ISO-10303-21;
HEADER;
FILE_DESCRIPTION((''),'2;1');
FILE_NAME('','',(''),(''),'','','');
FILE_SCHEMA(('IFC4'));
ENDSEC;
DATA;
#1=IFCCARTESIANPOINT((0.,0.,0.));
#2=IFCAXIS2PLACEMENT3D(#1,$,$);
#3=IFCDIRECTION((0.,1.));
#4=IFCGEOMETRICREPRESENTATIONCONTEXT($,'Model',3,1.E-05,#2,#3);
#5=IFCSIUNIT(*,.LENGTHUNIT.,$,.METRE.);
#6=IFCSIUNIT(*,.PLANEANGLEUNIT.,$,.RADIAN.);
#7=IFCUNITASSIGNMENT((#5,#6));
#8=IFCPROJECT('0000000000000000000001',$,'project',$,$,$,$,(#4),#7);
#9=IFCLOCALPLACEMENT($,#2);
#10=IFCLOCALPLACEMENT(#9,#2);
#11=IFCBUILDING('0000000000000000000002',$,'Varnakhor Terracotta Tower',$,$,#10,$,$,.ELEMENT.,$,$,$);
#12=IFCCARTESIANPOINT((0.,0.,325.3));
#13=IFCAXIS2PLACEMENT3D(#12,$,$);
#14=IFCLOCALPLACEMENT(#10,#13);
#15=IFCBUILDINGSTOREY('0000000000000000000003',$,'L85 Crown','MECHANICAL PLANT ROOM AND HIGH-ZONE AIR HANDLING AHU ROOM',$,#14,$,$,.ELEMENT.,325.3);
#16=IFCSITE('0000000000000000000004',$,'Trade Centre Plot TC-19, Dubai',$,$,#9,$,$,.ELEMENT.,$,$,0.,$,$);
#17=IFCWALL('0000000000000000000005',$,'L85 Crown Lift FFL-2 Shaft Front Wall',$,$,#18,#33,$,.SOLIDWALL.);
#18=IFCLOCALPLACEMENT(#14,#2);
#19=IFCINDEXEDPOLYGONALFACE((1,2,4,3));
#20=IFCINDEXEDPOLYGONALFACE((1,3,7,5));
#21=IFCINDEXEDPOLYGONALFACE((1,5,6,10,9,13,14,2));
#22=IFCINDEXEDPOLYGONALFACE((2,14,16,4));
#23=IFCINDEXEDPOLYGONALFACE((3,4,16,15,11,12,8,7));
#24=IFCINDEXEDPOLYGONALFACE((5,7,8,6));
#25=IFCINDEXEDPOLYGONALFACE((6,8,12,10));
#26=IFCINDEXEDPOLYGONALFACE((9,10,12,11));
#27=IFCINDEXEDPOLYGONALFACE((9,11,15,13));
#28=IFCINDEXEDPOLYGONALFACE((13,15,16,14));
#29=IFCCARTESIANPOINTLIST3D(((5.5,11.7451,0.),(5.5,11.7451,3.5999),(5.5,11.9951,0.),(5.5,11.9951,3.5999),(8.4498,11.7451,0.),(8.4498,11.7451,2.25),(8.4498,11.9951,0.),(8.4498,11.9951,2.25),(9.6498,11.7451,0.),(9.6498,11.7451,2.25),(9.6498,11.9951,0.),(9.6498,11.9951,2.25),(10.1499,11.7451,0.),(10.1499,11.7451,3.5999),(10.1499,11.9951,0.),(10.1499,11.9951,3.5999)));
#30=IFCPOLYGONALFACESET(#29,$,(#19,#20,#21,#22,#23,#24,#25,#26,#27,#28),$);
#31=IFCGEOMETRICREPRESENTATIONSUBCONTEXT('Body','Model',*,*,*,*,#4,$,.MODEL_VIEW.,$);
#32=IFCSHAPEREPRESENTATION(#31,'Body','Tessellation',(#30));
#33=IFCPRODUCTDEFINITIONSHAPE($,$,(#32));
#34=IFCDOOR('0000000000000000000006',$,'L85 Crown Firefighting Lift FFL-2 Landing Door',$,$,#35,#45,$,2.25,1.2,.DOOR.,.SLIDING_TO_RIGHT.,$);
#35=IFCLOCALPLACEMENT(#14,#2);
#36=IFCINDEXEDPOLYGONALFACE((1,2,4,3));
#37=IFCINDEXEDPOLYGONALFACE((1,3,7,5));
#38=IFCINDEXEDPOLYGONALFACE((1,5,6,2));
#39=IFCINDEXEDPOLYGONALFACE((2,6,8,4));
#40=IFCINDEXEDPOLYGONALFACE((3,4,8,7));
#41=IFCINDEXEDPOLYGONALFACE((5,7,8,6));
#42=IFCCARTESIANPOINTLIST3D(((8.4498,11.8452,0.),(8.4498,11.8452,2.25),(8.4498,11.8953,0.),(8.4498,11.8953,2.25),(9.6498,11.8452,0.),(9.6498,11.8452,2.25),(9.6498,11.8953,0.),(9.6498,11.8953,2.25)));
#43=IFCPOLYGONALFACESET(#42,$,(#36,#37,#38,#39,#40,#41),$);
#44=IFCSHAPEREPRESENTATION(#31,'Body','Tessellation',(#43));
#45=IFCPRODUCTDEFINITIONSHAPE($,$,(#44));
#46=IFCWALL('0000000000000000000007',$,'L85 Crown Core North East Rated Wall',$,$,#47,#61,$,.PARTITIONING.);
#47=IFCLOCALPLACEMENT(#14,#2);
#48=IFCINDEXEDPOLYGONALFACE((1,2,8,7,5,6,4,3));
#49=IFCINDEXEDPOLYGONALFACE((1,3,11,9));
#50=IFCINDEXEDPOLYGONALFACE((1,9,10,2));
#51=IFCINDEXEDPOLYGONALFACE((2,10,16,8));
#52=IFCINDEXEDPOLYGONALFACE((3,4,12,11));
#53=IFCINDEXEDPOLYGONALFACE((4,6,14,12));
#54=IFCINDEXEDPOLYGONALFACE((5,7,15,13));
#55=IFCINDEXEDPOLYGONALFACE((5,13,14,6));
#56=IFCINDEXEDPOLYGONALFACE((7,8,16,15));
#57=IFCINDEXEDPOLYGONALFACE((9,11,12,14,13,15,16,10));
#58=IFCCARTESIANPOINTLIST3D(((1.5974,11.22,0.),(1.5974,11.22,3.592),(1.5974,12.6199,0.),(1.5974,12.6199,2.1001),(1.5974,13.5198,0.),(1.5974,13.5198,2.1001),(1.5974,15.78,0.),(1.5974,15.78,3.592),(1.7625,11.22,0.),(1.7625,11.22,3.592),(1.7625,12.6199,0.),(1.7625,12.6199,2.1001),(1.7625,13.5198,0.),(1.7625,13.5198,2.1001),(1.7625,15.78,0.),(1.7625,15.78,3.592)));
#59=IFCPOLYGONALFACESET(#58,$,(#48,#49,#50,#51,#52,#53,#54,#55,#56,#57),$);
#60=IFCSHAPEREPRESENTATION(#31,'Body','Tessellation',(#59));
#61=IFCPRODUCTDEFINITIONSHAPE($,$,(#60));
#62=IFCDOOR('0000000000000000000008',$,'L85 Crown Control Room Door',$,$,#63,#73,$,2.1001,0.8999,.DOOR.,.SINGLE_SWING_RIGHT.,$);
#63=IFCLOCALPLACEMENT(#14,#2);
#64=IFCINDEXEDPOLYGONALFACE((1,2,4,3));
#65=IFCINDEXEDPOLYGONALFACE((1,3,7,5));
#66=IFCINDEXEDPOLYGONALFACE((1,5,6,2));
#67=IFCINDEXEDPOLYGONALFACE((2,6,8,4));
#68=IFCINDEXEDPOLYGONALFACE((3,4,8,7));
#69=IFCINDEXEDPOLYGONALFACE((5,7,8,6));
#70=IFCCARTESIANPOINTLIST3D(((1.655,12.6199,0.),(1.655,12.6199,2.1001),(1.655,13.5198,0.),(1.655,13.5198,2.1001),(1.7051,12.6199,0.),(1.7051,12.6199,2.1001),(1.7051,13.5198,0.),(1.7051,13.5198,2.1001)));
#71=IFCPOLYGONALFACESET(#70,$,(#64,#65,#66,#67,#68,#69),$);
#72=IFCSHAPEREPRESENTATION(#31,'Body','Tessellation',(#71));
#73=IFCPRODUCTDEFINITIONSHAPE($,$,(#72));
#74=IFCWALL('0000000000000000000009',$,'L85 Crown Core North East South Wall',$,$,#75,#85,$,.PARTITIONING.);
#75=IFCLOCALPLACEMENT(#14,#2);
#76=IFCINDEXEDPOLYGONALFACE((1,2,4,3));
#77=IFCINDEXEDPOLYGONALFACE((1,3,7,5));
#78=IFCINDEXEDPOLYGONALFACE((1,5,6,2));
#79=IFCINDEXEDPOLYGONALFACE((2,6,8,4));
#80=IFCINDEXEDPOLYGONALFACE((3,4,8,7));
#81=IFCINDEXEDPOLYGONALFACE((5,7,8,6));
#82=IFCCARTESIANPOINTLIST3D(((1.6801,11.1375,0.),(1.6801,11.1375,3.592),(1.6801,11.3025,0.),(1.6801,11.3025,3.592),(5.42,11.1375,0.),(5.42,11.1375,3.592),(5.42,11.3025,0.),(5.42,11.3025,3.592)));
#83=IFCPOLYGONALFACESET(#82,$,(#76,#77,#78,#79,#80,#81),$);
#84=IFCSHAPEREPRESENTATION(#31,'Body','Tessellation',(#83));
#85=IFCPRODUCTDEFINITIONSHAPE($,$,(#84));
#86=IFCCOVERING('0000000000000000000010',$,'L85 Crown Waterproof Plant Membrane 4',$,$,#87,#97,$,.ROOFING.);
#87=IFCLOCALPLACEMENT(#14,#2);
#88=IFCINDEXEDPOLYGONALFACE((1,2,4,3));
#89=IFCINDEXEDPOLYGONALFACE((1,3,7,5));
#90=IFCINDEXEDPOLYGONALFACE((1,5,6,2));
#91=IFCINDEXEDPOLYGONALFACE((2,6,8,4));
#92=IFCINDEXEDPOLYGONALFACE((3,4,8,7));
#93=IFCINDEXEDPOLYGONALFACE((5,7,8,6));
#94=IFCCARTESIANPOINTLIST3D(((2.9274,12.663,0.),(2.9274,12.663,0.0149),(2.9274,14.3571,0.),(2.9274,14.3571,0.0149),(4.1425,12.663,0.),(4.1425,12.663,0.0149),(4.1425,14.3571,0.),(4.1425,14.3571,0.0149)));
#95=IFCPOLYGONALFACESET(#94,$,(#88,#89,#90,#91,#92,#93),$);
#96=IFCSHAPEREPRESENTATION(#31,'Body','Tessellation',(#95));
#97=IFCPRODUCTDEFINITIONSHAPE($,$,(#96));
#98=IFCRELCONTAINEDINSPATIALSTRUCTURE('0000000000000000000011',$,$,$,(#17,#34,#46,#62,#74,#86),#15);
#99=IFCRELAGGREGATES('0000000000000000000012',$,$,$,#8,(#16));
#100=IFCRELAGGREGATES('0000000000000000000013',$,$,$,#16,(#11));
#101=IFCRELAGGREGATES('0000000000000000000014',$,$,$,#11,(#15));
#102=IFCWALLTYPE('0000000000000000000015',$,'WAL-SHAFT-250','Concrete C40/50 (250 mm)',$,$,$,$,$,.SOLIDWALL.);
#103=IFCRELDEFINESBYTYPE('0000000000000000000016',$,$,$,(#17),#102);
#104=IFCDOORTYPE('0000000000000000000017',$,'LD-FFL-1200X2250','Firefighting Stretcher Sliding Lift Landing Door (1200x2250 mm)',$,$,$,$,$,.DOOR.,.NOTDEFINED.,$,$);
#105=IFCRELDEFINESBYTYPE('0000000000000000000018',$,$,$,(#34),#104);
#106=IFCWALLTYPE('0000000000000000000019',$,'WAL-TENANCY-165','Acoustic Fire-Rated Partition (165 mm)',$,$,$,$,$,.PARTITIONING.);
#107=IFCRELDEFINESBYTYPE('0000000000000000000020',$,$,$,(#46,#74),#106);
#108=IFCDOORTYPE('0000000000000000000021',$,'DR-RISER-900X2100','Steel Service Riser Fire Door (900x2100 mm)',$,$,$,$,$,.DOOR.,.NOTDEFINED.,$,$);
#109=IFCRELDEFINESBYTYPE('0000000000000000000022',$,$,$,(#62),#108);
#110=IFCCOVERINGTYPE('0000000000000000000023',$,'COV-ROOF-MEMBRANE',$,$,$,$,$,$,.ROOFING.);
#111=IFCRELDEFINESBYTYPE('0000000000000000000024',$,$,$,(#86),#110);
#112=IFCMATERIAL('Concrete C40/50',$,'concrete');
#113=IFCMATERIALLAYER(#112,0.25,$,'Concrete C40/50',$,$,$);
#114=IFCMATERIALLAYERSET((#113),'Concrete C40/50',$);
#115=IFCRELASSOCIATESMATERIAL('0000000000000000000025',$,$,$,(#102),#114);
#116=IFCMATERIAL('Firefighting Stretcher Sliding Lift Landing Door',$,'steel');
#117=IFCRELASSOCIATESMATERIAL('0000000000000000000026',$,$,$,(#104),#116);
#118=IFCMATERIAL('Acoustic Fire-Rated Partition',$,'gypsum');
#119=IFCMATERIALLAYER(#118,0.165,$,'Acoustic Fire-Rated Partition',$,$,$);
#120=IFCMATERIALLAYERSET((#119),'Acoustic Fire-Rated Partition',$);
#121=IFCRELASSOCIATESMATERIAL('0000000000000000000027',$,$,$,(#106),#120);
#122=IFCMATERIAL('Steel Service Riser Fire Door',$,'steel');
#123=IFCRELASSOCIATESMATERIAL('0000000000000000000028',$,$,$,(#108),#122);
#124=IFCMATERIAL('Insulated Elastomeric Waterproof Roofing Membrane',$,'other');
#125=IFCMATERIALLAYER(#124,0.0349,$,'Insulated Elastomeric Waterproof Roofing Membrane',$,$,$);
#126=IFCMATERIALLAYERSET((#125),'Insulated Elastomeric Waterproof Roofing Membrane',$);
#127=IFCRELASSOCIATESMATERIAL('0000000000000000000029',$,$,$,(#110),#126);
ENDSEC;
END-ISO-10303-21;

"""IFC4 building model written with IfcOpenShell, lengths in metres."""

from ifc_helpers import new_model, si_unit, direction, frame, frame_2d, origin, origin_2d, place, context, subcontext, project, spatial, rectangle, extrude, source, transform, mapped, material, layer, layer_set, type_object, type_shapes, element, fill, save


model = new_model("IFC4")

# Units and contexts
model_context = context("Model", 3, precision=1e-05, world=origin(), true_north=direction((0.0, 1.0)))
body_context = subcontext(model_context, "Body", "Model", "MODEL_VIEW")
ifc_project = project(units=[si_unit("LENGTHUNIT", "METRE"), si_unit("PLANEANGLEUNIT", "RADIAN")], contexts=[model_context])

# Site, building, storey
site_placement = place(None, origin())
site = spatial("IfcSite", under=ifc_project, at=site_placement, Name="Trade Centre Plot TC-19, Dubai", CompositionType="ELEMENT", RefElevation=0.0)
building_placement = place(site_placement, origin())
building = spatial("IfcBuilding", under=site, at=building_placement, Name="Varnakhor Terracotta Tower", CompositionType="ELEMENT")
storey_placement = place(building_placement, frame((0.0, 0.0, 325.3)))
storey = spatial("IfcBuildingStorey", under=building, at=storey_placement, Name="L85 Crown", Description="MECHANICAL PLANT ROOM AND HIGH-ZONE AIR HANDLING AHU ROOM", CompositionType="ELEMENT", Elevation=325.3)

# Shared definitions
ifc_material_1 = material(Name="Concrete C40/50", Category="concrete")

# Walls, openings, doors
ifc_layer_1 = layer(ifc_material_1, 0.25, Name="Concrete C40/50")
ifc_layer_set_1 = layer_set([ifc_layer_1], Name="Concrete C40/50")
wall_type_1 = type_object("IfcWallType", Name="WAL-SHAFT-250", Description="Concrete C40/50 (250 mm)", PredefinedType="SOLIDWALL", material=ifc_layer_set_1)
wall_1_placement = place(storey_placement, frame((10.1499, 11.8701, 0.0), z_axis=(0.0, 0.0, 1.0), x_axis=(-1.0, 0.0, 0.0)))
wall_1 = element("IfcWall", 1, at=wall_1_placement, inside=storey, type_object=wall_type_1, Name="L85 Crown Lift FFL-2 Shaft Front Wall", PredefinedType="SOLIDWALL", context=body_context, shape_type="SweptSolid", body=[
    extrude(rectangle(XDim=4.6499, YDim=0.25, at=frame_2d((2.325, 0.0))), origin(), (0.0, 0.0, 1.0), 3.5999),
])
opening_1_placement = place(wall_1_placement, frame((0.5, 0.0, 0.0)))
opening_1 = element("IfcOpeningElement", 2, at=opening_1_placement, cuts=wall_1, PredefinedType="OPENING", context=body_context, shape_type="SweptSolid", body=[
    extrude(rectangle(XDim=1.2, YDim=2.25, at=frame_2d((0.6001, 1.125))), frame((0.0, 0.135, 0.0), z_axis=(0.0, -1.0, 0.0), x_axis=(1.0, 0.0, 0.0)), (0.0, 0.0, 1.0), 0.27),
])
ifc_material_2 = material(Name="Firefighting Stretcher Sliding Lift Landing Door", Category="steel")
door_type_1 = type_object("IfcDoorType", Name="LD-FFL-1200X2250", Description="Firefighting Stretcher Sliding Lift Landing Door (1200x2250 mm)", OperationType="NOTDEFINED", PredefinedType="DOOR", material=ifc_material_2)
shared_shape_1 = source(origin(), body_context, "Body", "SweptSolid", [
    extrude(rectangle(XDim=1.2, YDim=2.25, at=frame_2d((0.6001, 1.125))), frame((0.0, 0.0249, 0.0), z_axis=(0.0, -1.0, 0.0), x_axis=(1.0, 0.0, 0.0)), (0.0, 0.0, 1.0), 0.05),
])
type_shapes(door_type_1, [shared_shape_1])
door_1_placement = place(opening_1_placement, origin())
door_1 = element("IfcDoor", 3, at=door_1_placement, inside=storey, type_object=door_type_1, Name="L85 Crown Firefighting Lift FFL-2 Landing Door", OperationType="SLIDING_TO_RIGHT", OverallHeight=2.25, OverallWidth=1.2, PredefinedType="DOOR", context=body_context, shape_type="MappedRepresentation", body=[
    mapped(shared_shape_1, transform((0.0, 0.0, 0.0), scale=1.0)),
])
fill(opening_1, door_1)
ifc_material_3 = material(Name="Acoustic Fire-Rated Partition", Category="gypsum")
ifc_layer_2 = layer(ifc_material_3, 0.165, Name="Acoustic Fire-Rated Partition")
ifc_layer_set_2 = layer_set([ifc_layer_2], Name="Acoustic Fire-Rated Partition")
wall_type_2 = type_object("IfcWallType", Name="WAL-TENANCY-165", Description="Acoustic Fire-Rated Partition (165 mm)", PredefinedType="PARTITIONING", material=ifc_layer_set_2)
wall_2_placement = place(storey_placement, frame((1.6799, 11.22, 0.0), z_axis=(0.0, 0.0, 1.0), x_axis=(0.0, 1.0, 0.0)))
wall_2 = element("IfcWall", 4, at=wall_2_placement, inside=storey, type_object=wall_type_2, Name="L85 Crown Core North East Rated Wall", PredefinedType="PARTITIONING", context=body_context, shape_type="SweptSolid", body=[
    extrude(rectangle(XDim=4.5601, YDim=0.165, at=frame_2d((2.28, 0.0))), origin(), (0.0, 0.0, 1.0), 3.592),
])
opening_2_placement = place(wall_2_placement, frame((1.3999, 0.0, 0.0)))
opening_2 = element("IfcOpeningElement", 5, at=opening_2_placement, cuts=wall_2, PredefinedType="OPENING", context=body_context, shape_type="SweptSolid", body=[
    extrude(rectangle(XDim=0.8999, YDim=2.1001, at=frame_2d((0.45, 1.05))), frame((0.0, 0.0925, 0.0), z_axis=(0.0, -1.0, 0.0), x_axis=(1.0, 0.0, 0.0)), (0.0, 0.0, 1.0), 0.1851),
])
ifc_material_4 = material(Name="Steel Service Riser Fire Door", Category="steel")
door_type_2 = type_object("IfcDoorType", Name="DR-RISER-900X2100", Description="Steel Service Riser Fire Door (900x2100 mm)", OperationType="NOTDEFINED", PredefinedType="DOOR", material=ifc_material_4)
shared_shape_2 = source(origin(), body_context, "Body", "SweptSolid", [
    extrude(rectangle(XDim=0.8999, YDim=2.1001, at=frame_2d((0.45, 1.05))), frame((0.0, 0.0249, 0.0), z_axis=(0.0, -1.0, 0.0), x_axis=(1.0, 0.0, 0.0)), (0.0, 0.0, 1.0), 0.05),
])
type_shapes(door_type_2, [shared_shape_2])
door_2_placement = place(opening_2_placement, origin())
door_2 = element("IfcDoor", 6, at=door_2_placement, inside=storey, type_object=door_type_2, Name="L85 Crown Control Room Door", OperationType="SINGLE_SWING_RIGHT", OverallHeight=2.1001, OverallWidth=0.8999, PredefinedType="DOOR", context=body_context, shape_type="MappedRepresentation", body=[
    mapped(shared_shape_2, transform((0.0, 0.0, 0.0), scale=1.0)),
])
fill(opening_2, door_2)

# Wall
wall_3_placement = place(storey_placement, frame((1.6799, 11.22, 0.0), z_axis=(0.0, 0.0, 1.0), x_axis=(1.0, 0.0, 0.0)))
element("IfcWall", 7, at=wall_3_placement, inside=storey, type_object=wall_type_2, Name="L85 Crown Core North East South Wall", PredefinedType="PARTITIONING", context=body_context, shape_type="SweptSolid", body=[
    extrude(rectangle(XDim=3.74, YDim=0.165, at=frame_2d((1.8701, 0.0))), origin(), (0.0, 0.0, 1.0), 3.592),
])

# Covering
ifc_material_5 = material(Name="Insulated Elastomeric Waterproof Roofing Membrane", Category="other")
ifc_layer_3 = layer(ifc_material_5, 0.0349, Name="Insulated Elastomeric Waterproof Roofing Membrane")
ifc_layer_set_3 = layer_set([ifc_layer_3], Name="Insulated Elastomeric Waterproof Roofing Membrane")
covering_type = type_object("IfcCoveringType", Name="COV-ROOF-MEMBRANE", PredefinedType="ROOFING", material=ifc_layer_set_3)
shared_shape_3 = source(origin(), body_context, "Body", "SweptSolid", [
    extrude(rectangle(XDim=1.2151, YDim=1.6941, at=origin_2d()), origin(), (0.0, 0.0, 1.0), 0.0149),
])
covering_placement = place(storey_placement, frame((3.5349, 13.51, 0.0), z_axis=(0.0, 0.0, 1.0), x_axis=(1.0, 0.0, 0.0)))
element("IfcCovering", 8, at=covering_placement, inside=storey, type_object=covering_type, Name="L85 Crown Waterproof Plant Membrane 4", PredefinedType="ROOFING", context=body_context, shape_type="MappedRepresentation", body=[
    mapped(shared_shape_3, transform((0.0, 0.0, 0.0), scale=1.0)),
])

save(model, "model.ifc")
